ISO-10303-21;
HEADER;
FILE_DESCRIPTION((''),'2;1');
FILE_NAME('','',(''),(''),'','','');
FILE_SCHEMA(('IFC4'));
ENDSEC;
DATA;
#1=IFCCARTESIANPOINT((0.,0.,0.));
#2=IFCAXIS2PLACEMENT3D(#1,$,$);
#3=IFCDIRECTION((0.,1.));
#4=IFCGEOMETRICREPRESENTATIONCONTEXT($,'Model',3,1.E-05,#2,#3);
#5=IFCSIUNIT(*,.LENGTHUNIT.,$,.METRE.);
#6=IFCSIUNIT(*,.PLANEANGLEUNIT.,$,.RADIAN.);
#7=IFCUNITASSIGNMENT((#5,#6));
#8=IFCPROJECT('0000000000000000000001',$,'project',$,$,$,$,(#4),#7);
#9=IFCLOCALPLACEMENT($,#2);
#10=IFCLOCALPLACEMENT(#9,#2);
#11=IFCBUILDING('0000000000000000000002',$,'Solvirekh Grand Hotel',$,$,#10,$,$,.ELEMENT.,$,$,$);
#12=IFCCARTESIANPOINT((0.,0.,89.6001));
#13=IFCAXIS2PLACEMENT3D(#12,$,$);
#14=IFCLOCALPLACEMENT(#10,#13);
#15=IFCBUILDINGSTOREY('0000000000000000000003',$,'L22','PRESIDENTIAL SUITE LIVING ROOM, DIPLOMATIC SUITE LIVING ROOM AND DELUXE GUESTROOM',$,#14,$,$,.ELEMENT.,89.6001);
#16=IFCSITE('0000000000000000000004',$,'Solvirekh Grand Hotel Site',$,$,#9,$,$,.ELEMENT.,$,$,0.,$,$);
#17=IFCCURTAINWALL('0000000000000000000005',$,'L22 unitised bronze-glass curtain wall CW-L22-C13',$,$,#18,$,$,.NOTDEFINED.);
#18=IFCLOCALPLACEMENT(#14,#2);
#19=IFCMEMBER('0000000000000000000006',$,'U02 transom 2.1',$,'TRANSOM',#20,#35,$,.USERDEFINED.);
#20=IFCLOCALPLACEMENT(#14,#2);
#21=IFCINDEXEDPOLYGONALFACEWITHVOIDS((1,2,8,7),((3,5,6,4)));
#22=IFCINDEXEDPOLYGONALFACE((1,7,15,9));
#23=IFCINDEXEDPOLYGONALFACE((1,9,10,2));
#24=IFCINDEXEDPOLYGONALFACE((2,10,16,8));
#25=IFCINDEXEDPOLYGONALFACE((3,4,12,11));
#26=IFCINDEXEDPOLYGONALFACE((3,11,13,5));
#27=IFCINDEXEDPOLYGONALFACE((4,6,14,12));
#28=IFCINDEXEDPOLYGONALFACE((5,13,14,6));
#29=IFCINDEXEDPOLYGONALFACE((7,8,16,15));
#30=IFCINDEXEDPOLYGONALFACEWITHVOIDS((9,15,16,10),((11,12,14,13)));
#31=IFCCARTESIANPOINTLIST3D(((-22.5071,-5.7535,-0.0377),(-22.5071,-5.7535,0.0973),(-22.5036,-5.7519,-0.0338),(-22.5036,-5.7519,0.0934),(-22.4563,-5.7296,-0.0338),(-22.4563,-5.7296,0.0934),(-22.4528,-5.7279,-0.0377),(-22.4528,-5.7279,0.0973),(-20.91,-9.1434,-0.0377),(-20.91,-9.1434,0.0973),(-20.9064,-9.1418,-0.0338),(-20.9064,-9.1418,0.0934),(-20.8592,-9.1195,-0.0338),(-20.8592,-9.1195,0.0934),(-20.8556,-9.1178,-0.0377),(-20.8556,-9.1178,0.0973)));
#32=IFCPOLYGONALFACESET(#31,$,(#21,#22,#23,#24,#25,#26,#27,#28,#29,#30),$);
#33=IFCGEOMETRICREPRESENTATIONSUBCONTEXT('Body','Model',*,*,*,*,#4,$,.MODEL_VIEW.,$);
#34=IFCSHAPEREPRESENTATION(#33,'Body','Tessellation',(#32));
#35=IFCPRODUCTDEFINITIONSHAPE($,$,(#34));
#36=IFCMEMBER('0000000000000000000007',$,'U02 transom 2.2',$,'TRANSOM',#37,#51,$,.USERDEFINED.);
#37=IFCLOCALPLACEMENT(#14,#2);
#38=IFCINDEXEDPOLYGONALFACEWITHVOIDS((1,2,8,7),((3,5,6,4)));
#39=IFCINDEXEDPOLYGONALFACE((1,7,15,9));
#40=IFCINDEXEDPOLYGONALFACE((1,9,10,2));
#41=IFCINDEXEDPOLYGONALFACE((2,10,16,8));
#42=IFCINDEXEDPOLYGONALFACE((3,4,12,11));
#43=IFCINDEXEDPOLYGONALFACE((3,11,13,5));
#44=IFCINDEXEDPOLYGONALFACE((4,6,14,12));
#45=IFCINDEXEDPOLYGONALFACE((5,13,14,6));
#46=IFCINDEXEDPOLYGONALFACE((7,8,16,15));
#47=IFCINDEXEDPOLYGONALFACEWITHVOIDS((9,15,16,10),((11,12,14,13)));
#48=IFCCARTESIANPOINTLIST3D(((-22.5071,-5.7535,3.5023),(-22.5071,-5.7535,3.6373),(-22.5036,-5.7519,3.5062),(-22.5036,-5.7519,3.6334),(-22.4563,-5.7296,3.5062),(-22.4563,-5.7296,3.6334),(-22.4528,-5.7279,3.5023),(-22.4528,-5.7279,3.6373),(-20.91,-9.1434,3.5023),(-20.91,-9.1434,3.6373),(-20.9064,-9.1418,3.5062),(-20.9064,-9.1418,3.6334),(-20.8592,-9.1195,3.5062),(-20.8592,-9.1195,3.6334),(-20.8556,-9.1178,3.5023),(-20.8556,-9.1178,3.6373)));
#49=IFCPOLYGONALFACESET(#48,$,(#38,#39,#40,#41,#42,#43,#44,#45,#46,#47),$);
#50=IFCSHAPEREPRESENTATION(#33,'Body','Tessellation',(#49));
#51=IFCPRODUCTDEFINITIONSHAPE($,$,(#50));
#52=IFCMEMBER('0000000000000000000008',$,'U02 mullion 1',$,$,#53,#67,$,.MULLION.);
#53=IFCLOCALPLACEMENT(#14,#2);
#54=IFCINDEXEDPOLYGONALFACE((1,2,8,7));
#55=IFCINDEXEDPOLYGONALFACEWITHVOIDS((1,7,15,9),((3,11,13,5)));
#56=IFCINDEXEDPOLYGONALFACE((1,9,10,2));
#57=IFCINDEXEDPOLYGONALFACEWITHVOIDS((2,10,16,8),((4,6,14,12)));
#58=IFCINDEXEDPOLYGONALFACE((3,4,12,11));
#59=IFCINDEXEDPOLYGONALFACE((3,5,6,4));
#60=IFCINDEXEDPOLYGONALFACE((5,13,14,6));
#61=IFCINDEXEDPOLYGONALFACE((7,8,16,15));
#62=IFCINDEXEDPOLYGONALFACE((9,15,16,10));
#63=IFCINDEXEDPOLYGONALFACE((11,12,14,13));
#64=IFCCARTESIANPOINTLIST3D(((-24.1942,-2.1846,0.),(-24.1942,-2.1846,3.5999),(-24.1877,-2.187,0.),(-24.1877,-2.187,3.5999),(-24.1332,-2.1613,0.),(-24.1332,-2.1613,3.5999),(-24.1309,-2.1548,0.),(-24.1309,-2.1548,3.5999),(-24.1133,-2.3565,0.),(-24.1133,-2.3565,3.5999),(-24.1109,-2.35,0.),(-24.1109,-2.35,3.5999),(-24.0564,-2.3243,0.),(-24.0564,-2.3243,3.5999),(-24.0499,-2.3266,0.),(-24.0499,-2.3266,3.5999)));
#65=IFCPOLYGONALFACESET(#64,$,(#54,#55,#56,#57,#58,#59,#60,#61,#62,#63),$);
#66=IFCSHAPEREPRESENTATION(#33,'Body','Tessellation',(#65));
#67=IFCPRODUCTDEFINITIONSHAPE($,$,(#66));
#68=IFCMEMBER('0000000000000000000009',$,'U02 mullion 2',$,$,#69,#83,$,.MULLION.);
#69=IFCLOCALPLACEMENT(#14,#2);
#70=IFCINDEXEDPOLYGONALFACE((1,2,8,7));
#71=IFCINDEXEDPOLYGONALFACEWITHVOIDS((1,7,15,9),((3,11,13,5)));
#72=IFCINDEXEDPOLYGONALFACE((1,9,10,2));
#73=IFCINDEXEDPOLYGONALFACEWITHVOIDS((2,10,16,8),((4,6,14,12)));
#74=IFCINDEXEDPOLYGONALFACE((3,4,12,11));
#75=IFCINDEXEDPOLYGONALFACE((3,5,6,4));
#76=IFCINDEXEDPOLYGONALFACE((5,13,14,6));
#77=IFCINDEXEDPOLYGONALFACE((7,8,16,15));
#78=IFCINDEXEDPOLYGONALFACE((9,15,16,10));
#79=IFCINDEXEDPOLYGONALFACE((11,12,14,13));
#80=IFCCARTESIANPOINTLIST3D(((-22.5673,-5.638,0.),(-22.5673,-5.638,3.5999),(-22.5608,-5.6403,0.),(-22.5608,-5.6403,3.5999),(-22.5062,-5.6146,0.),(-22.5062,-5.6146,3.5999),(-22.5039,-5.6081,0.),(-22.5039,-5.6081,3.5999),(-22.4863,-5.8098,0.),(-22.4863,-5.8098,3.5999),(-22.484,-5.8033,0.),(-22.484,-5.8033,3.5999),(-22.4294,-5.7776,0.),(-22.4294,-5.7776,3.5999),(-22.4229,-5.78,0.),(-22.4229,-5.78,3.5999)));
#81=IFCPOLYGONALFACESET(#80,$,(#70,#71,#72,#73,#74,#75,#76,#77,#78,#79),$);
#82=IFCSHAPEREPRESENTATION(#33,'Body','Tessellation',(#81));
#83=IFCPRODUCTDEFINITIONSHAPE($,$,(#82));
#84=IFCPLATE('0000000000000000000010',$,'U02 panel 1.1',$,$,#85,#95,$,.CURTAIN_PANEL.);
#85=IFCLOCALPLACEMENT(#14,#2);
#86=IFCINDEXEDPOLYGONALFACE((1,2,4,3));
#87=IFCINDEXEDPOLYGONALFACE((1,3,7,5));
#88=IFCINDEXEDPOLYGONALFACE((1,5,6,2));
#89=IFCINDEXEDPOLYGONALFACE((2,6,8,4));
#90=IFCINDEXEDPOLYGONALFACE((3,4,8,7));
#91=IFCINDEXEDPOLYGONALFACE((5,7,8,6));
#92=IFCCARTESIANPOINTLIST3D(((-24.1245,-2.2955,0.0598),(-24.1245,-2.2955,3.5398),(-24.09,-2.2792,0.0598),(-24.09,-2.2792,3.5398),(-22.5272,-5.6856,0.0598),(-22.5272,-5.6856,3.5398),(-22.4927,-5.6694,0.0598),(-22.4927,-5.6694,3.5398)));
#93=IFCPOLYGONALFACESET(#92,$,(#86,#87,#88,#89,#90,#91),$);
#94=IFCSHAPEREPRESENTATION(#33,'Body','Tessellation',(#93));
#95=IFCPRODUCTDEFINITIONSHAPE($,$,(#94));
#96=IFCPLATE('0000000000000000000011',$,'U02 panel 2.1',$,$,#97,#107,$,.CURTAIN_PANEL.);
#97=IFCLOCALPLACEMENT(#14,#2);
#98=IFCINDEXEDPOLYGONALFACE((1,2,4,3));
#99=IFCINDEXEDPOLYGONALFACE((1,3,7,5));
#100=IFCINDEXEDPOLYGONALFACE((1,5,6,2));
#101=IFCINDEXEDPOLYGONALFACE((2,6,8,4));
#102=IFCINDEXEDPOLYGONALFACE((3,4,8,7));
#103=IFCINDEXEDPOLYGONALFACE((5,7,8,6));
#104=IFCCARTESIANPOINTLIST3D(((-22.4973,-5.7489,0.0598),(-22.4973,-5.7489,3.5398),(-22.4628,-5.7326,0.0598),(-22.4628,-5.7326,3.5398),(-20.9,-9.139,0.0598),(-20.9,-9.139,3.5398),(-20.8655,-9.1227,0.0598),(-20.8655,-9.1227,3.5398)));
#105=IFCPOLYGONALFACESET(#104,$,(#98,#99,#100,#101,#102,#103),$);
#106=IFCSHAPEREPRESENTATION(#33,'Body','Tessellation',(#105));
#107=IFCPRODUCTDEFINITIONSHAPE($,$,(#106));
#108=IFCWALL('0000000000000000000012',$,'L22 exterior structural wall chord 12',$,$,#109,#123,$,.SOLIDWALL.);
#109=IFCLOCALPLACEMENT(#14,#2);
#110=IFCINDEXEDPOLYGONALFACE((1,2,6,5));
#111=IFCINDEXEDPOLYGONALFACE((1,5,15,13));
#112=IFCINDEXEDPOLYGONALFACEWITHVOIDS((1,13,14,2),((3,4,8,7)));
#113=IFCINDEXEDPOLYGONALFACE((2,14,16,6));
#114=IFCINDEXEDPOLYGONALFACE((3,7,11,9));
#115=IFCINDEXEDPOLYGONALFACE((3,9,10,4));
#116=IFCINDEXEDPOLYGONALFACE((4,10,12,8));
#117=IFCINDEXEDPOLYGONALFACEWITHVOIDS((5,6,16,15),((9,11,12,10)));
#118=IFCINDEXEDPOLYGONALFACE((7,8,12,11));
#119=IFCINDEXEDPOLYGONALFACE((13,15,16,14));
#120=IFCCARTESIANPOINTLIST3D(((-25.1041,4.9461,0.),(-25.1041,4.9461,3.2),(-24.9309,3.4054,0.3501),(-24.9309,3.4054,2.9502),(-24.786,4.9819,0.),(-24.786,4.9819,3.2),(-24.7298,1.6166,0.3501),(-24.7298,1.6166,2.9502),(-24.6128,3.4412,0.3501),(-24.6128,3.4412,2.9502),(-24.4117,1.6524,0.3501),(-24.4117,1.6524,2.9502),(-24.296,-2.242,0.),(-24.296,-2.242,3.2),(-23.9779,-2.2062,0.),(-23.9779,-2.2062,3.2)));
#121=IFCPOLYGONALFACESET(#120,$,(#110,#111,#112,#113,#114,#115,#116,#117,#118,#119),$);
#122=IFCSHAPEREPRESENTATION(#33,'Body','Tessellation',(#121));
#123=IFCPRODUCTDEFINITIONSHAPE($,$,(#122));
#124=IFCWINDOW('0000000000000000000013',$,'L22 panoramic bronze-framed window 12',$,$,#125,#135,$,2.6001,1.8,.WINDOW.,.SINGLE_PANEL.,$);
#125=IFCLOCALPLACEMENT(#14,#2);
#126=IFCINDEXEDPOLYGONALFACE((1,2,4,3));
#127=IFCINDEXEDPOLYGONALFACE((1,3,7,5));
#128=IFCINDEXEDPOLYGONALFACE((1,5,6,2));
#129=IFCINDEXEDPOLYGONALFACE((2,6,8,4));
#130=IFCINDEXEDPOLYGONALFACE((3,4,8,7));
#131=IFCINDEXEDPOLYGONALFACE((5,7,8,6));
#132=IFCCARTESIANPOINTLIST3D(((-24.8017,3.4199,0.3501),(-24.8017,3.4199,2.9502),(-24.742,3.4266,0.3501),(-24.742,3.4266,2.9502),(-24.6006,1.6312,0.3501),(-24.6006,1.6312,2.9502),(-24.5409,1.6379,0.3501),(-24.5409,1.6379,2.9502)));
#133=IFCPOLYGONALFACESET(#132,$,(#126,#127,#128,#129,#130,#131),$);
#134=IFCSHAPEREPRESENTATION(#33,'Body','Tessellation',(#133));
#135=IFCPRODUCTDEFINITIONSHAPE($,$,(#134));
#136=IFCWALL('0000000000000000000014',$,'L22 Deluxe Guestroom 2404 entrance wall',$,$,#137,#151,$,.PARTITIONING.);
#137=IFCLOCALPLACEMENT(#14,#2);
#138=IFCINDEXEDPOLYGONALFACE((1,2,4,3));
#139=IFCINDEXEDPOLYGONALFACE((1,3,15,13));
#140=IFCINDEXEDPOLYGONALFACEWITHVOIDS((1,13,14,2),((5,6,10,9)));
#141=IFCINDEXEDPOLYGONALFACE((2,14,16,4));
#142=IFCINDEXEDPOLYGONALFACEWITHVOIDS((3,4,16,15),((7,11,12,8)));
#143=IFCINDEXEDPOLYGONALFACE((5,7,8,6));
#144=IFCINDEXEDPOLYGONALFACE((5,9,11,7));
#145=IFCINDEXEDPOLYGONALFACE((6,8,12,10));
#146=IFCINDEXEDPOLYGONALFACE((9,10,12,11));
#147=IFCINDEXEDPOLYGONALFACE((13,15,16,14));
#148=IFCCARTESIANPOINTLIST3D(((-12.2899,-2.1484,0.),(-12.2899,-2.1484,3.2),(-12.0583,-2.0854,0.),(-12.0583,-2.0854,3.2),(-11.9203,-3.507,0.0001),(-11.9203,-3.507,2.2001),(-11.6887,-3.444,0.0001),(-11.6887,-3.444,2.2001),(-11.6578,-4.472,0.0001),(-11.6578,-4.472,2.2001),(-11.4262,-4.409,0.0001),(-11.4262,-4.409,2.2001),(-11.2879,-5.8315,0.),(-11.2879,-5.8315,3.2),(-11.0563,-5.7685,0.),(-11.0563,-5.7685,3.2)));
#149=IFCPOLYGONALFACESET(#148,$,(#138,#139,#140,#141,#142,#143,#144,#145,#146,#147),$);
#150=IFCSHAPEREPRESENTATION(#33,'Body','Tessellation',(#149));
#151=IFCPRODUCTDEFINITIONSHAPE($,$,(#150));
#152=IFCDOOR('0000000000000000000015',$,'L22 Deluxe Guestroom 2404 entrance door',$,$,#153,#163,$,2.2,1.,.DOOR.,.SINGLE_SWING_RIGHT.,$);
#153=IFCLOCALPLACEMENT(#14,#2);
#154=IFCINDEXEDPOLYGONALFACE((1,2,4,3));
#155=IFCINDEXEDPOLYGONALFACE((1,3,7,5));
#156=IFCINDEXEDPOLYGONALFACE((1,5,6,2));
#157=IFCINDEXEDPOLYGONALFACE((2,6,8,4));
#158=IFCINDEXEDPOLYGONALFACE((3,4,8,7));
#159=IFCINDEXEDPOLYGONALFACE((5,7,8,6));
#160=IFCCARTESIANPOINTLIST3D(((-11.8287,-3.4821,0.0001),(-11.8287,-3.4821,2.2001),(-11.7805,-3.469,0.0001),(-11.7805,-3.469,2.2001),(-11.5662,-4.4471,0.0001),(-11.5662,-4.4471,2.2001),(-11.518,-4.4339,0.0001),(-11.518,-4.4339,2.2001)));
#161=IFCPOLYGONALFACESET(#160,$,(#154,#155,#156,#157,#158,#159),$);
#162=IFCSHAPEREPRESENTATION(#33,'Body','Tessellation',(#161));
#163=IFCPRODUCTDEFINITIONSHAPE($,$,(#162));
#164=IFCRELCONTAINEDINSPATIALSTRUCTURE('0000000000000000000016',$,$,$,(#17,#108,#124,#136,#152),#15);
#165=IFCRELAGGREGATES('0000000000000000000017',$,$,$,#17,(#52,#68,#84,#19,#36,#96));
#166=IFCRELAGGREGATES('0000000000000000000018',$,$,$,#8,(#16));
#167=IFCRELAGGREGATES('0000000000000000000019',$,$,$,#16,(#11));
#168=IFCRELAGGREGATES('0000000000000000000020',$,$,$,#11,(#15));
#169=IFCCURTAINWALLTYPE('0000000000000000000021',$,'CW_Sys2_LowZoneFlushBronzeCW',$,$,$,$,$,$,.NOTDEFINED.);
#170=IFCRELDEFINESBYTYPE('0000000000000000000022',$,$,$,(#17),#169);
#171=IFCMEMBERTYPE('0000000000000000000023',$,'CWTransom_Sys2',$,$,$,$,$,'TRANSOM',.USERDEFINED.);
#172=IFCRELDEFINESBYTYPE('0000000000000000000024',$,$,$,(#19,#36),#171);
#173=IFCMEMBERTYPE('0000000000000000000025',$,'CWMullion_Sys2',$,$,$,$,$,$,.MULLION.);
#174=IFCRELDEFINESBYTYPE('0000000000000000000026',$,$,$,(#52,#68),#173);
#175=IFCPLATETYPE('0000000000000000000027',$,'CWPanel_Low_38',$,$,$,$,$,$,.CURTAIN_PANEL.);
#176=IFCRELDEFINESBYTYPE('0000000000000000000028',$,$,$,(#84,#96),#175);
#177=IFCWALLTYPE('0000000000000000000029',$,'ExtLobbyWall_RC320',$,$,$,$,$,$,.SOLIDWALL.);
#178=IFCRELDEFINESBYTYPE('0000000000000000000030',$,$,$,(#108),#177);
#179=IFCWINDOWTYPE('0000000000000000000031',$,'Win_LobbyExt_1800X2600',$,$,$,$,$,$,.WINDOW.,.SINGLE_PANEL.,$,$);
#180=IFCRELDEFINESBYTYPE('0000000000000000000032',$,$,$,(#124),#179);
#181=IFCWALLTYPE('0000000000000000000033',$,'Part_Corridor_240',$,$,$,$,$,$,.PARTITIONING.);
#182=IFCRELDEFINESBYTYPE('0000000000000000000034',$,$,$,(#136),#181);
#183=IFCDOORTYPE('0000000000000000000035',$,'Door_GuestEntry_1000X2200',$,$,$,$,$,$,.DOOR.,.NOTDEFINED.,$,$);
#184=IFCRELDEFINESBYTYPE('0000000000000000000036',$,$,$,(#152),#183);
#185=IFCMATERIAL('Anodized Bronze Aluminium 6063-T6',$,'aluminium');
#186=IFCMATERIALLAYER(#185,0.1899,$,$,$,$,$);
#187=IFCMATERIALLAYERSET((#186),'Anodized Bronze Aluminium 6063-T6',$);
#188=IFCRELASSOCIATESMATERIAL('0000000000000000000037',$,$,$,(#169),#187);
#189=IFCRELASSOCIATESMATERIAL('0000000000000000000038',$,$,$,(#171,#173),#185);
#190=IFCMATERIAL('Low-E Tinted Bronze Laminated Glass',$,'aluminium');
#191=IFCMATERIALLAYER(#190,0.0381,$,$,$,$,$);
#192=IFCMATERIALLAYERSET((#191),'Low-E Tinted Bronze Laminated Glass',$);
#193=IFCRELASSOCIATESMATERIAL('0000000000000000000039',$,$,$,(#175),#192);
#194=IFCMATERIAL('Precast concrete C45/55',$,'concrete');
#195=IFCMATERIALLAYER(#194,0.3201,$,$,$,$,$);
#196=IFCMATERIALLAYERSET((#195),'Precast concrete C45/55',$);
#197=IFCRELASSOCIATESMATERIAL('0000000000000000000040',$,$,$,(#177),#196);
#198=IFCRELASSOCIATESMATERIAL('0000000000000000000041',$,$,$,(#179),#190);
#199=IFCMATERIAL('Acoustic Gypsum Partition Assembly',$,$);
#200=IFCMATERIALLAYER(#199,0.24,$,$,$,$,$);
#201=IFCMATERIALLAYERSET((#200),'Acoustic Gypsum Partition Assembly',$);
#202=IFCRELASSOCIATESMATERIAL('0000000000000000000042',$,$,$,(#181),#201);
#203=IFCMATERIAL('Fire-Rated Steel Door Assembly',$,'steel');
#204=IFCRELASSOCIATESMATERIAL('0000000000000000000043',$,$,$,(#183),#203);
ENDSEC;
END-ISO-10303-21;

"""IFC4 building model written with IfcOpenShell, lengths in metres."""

from ifc_helpers import new_model, si_unit, direction, frame, frame_2d, origin, origin_2d, place, context, subcontext, project, spatial, rectangle, hollow_rectangle, extrude, source, transform, mapped, material, layer, layer_set, material_profile, profile_set, type_object, element, fill, aggregate, save


model = new_model("IFC4")

# Units and contexts
model_context = context("Model", 3, precision=1e-05, world=origin(), true_north=direction((0.0, 1.0)))
body_context = subcontext(model_context, "Body", "Model", "MODEL_VIEW")
ifc_project = project(units=[si_unit("LENGTHUNIT", "METRE"), si_unit("PLANEANGLEUNIT", "RADIAN")], contexts=[model_context])

# Site, building, storey
site_placement = place(None, origin())
site = spatial("IfcSite", under=ifc_project, at=site_placement, Name="Solvirekh Grand Hotel Site", CompositionType="ELEMENT", RefElevation=0.0)
building_placement = place(site_placement, origin())
building = spatial("IfcBuilding", under=site, at=building_placement, Name="Solvirekh Grand Hotel", CompositionType="ELEMENT")
storey_placement = place(building_placement, frame((0.0, 0.0, 89.6001)))
storey = spatial("IfcBuildingStorey", under=building, at=storey_placement, Name="L22", Description="PRESIDENTIAL SUITE LIVING ROOM, DIPLOMATIC SUITE LIVING ROOM AND DELUXE GUESTROOM", CompositionType="ELEMENT", Elevation=89.6001)

# Curtain wall, members, plates
ifc_material_1 = material(Name="Anodized Bronze Aluminium 6063-T6", Category="aluminium")
ifc_layer_1 = layer(ifc_material_1, 0.1899)
ifc_layer_set_1 = layer_set([ifc_layer_1], Name="Anodized Bronze Aluminium 6063-T6")
curtain_wall_type = type_object("IfcCurtainWallType", Name="CW_Sys2_LowZoneFlushBronzeCW", PredefinedType="NOTDEFINED", material=ifc_layer_set_1)
curtain_wall_placement = place(storey_placement, origin())
curtain_wall = element("IfcCurtainWall", 1, at=curtain_wall_placement, inside=storey, type_object=curtain_wall_type, Name="L22 unitised bronze-glass curtain wall CW-L22-C13", PredefinedType="NOTDEFINED")
ifc_material_profile_1 = material_profile(ifc_material_1, hollow_rectangle(XDim=0.0601, YDim=0.135, WallThickness=0.0039, at=origin_2d()), Name="ALU RHS 135X60X4")
ifc_profile_set_1 = profile_set([ifc_material_profile_1], Name="Anodized Bronze Aluminium 6063-T6")
member_type_1 = type_object("IfcMemberType", Name="CWTransom_Sys2", ElementType="TRANSOM", PredefinedType="USERDEFINED", material=ifc_profile_set_1)
shared_shape_1 = source(origin(), body_context, "Body", "SweptSolid", [
    extrude(hollow_rectangle(XDim=0.0601, YDim=0.135, WallThickness=0.0039, at=origin_2d()), origin(), (0.0, 0.0, 1.0), 3.7473),
])
member_1_placement = place(storey_placement, frame((-22.48, -5.7407, 0.0298), z_axis=(0.426217, -0.904621, 0.0), x_axis=(0.904621, 0.426217, 0.0)))
member_1 = element("IfcMember", 2, at=member_1_placement, type_object=member_type_1, Name="U02 transom 2.1", ObjectType="TRANSOM", PredefinedType="USERDEFINED", context=body_context, shape_type="MappedRepresentation", body=[
    mapped(shared_shape_1, transform((0.0, 0.0, 0.0), x_axis=(1.0, 0.0, 0.0), y_axis=(0.0, 1.0, 0.0), z_axis=(0.0, 0.0, 1.0), scale=1.0)),
])
member_2_placement = place(storey_placement, frame((-22.48, -5.7407, 3.5698), z_axis=(0.426217, -0.904621, 0.0), x_axis=(0.904621, 0.426217, 0.0)))
member_2 = element("IfcMember", 3, at=member_2_placement, type_object=member_type_1, Name="U02 transom 2.2", ObjectType="TRANSOM", PredefinedType="USERDEFINED", context=body_context, shape_type="MappedRepresentation", body=[
    mapped(shared_shape_1, transform((0.0, 0.0, 0.0), x_axis=(1.0, 0.0, 0.0), y_axis=(0.0, 1.0, 0.0), z_axis=(0.0, 0.0, 1.0), scale=1.0)),
])
ifc_material_profile_2 = material_profile(ifc_material_1, hollow_rectangle(XDim=0.0701, YDim=0.1899, WallThickness=0.0049, at=origin_2d()), Name="ALU RHS 190X70X5")
ifc_profile_set_2 = profile_set([ifc_material_profile_2], Name="Anodized Bronze Aluminium 6063-T6")
member_type_2 = type_object("IfcMemberType", Name="CWMullion_Sys2", PredefinedType="MULLION", material=ifc_profile_set_2)
shared_shape_2 = source(origin(), body_context, "Body", "SweptSolid", [
    extrude(hollow_rectangle(XDim=0.0701, YDim=0.1899, WallThickness=0.0049, at=origin_2d()), origin(), (0.0, 0.0, 1.0), 3.5999),
])
member_3_placement = place(storey_placement, frame((-24.1221, -2.2556, 0.0), z_axis=(0.0, 0.0, 1.0), x_axis=(0.904619, 0.426222, 0.0)))
member_3 = element("IfcMember", 4, at=member_3_placement, type_object=member_type_2, Name="U02 mullion 1", PredefinedType="MULLION", context=body_context, shape_type="MappedRepresentation", body=[
    mapped(shared_shape_2, transform((0.0, 0.0, 0.0), x_axis=(1.0, 0.0, 0.0), y_axis=(0.0, 1.0, 0.0), z_axis=(0.0, 0.0, 1.0), scale=1.0)),
])
member_4_placement = place(storey_placement, frame((-22.4951, -5.709, 0.0), z_axis=(0.0, 0.0, 1.0), x_axis=(0.904619, 0.426222, 0.0)))
member_4 = element("IfcMember", 5, at=member_4_placement, type_object=member_type_2, Name="U02 mullion 2", PredefinedType="MULLION", context=body_context, shape_type="MappedRepresentation", body=[
    mapped(shared_shape_2, transform((0.0, 0.0, 0.0), x_axis=(1.0, 0.0, 0.0), y_axis=(0.0, 1.0, 0.0), z_axis=(0.0, 0.0, 1.0), scale=1.0)),
])
ifc_material_2 = material(Name="Low-E Tinted Bronze Laminated Glass", Category="aluminium")
ifc_layer_2 = layer(ifc_material_2, 0.0381)
ifc_layer_set_2 = layer_set([ifc_layer_2], Name="Low-E Tinted Bronze Laminated Glass")
plate_type = type_object("IfcPlateType", Name="CWPanel_Low_38", PredefinedType="CURTAIN_PANEL", material=ifc_layer_set_2)
shared_shape_3 = source(origin(), body_context, "Body", "SweptSolid", [
    extrude(rectangle(XDim=3.7476, YDim=0.0381, at=origin_2d()), origin(), (0.0, 0.0, 1.0), 3.48),
])
plate_1_placement = place(storey_placement, frame((-23.3086, -3.9824, 0.0598), z_axis=(0.0, 0.0, 1.0), x_axis=(0.426222, -0.904619, 0.0)))
plate_1 = element("IfcPlate", 6, at=plate_1_placement, type_object=plate_type, Name="U02 panel 1.1", PredefinedType="CURTAIN_PANEL", context=body_context, shape_type="MappedRepresentation", body=[
    mapped(shared_shape_3, transform((0.0, 0.0, 0.0), x_axis=(1.0, 0.0, 0.0), y_axis=(0.0, 1.0, 0.0), z_axis=(0.0, 0.0, 1.0), scale=1.0)),
])
plate_2_placement = place(storey_placement, frame((-21.6814, -7.4358, 0.0598), z_axis=(0.0, 0.0, 1.0), x_axis=(0.426222, -0.904619, 0.0)))
plate_2 = element("IfcPlate", 7, at=plate_2_placement, type_object=plate_type, Name="U02 panel 2.1", PredefinedType="CURTAIN_PANEL", context=body_context, shape_type="MappedRepresentation", body=[
    mapped(shared_shape_3, transform((0.0, 0.0, 0.0), x_axis=(1.0, 0.0, 0.0), y_axis=(0.0, 1.0, 0.0), z_axis=(0.0, 0.0, 1.0), scale=1.0)),
])
aggregate(curtain_wall, [member_3, member_4, plate_1, member_1, member_2, plate_2])

# Wall, opening, window
ifc_material_3 = material(Name="Precast concrete C45/55", Category="concrete")
ifc_layer_3 = layer(ifc_material_3, 0.3201)
ifc_layer_set_3 = layer_set([ifc_layer_3], Name="Precast concrete C45/55")
wall_type_1 = type_object("IfcWallType", Name="ExtLobbyWall_RC320", PredefinedType="SOLIDWALL", material=ifc_layer_set_3)
wall_1_placement = place(storey_placement, frame((-24.137, -2.2241, 0.0), z_axis=(0.0, 0.0, 1.0), x_axis=(-0.111717, 0.99374, 0.0)))
wall_1 = element("IfcWall", 8, at=wall_1_placement, inside=storey, type_object=wall_type_1, Name="L22 exterior structural wall chord 12", PredefinedType="SOLIDWALL", context=body_context, shape_type="SweptSolid", body=[
    extrude(rectangle(XDim=7.2334, YDim=0.3201, at=frame_2d((3.6167, 0.0))), origin(), (0.0, 0.0, 1.0), 3.2),
])
opening_1_placement = place(wall_1_placement, frame((3.8831, 0.0, 0.3501)))
opening_1 = element("IfcOpeningElement", 9, at=opening_1_placement, cuts=wall_1, PredefinedType="OPENING", context=body_context, shape_type="SweptSolid", body=[
    extrude(rectangle(XDim=1.8, YDim=2.6001, at=frame_2d((0.8999, 1.3))), frame((0.0, 0.1699, 0.0), z_axis=(0.0, -1.0, 0.0), x_axis=(1.0, 0.0, 0.0)), (0.0, 0.0, 1.0), 0.3401),
])
window_type = type_object("IfcWindowType", Name="Win_LobbyExt_1800X2600", PartitioningType="SINGLE_PANEL", PredefinedType="WINDOW", material=ifc_material_2)
window_placement = place(opening_1_placement, origin())
window = element("IfcWindow", 10, at=window_placement, inside=storey, type_object=window_type, Name="L22 panoramic bronze-framed window 12", OverallHeight=2.6001, OverallWidth=1.8, PartitioningType="SINGLE_PANEL", PredefinedType="WINDOW", context=body_context, shape_type="SweptSolid", body=[
    extrude(rectangle(XDim=1.8, YDim=2.6001, at=frame_2d((0.8999, 1.3))), frame((0.0, 0.03, 0.0), z_axis=(0.0, -1.0, 0.0), x_axis=(1.0, 0.0, 0.0)), (0.0, 0.0, 1.0), 0.0601),
])
fill(opening_1, window)

# Wall, opening, door
ifc_material_4 = material(Name="Acoustic Gypsum Partition Assembly")
ifc_layer_4 = layer(ifc_material_4, 0.24)
ifc_layer_set_4 = layer_set([ifc_layer_4], Name="Acoustic Gypsum Partition Assembly")
wall_type_2 = type_object("IfcWallType", Name="Part_Corridor_240", PredefinedType="PARTITIONING", material=ifc_layer_set_4)
wall_2_placement = place(storey_placement, frame((-12.1741, -2.1169, 0.0), z_axis=(0.0, 0.0, 1.0), x_axis=(0.2625, -0.964932, 0.0)))
wall_2 = element("IfcWall", 11, at=wall_2_placement, inside=storey, type_object=wall_type_2, Name="L22 Deluxe Guestroom 2404 entrance wall", PredefinedType="PARTITIONING", context=body_context, shape_type="SweptSolid", body=[
    extrude(rectangle(XDim=3.8169, YDim=0.24, at=frame_2d((1.9084, 0.0))), origin(), (0.0, 0.0, 1.0), 3.2),
])
opening_2_placement = place(wall_2_placement, frame((1.408, 0.0, 0.0)))
opening_2 = element("IfcOpeningElement", 12, at=opening_2_placement, cuts=wall_2, PredefinedType="OPENING", context=body_context, shape_type="SweptSolid", body=[
    extrude(rectangle(XDim=1.0, YDim=2.2, at=frame_2d((0.5, 1.1001))), frame((0.0, 0.1299, 0.0), z_axis=(0.0, -1.0, 0.0), x_axis=(1.0, 0.0, 0.0)), (0.0, 0.0, 1.0), 0.26),
])
ifc_material_5 = material(Name="Fire-Rated Steel Door Assembly", Category="steel")
door_type_1 = type_object("IfcDoorType", Name="Door_GuestEntry_1000X2200", OperationType="NOTDEFINED", PredefinedType="DOOR", material=ifc_material_5)
door_1_placement = place(opening_2_placement, origin())
door_1 = element("IfcDoor", 13, at=door_1_placement, inside=storey, type_object=door_type_1, Name="L22 Deluxe Guestroom 2404 entrance door", OperationType="SINGLE_SWING_RIGHT", OverallHeight=2.2, OverallWidth=1.0, PredefinedType="DOOR", context=body_context, shape_type="SweptSolid", body=[
    extrude(rectangle(XDim=1.0, YDim=2.2, at=frame_2d((0.5, 1.1001))), frame((0.0, 0.0249, 0.0), z_axis=(0.0, -1.0, 0.0), x_axis=(1.0, 0.0, 0.0)), (0.0, 0.0, 1.0), 0.05),
])
fill(opening_2, door_1)

save(model, "model.ifc")
